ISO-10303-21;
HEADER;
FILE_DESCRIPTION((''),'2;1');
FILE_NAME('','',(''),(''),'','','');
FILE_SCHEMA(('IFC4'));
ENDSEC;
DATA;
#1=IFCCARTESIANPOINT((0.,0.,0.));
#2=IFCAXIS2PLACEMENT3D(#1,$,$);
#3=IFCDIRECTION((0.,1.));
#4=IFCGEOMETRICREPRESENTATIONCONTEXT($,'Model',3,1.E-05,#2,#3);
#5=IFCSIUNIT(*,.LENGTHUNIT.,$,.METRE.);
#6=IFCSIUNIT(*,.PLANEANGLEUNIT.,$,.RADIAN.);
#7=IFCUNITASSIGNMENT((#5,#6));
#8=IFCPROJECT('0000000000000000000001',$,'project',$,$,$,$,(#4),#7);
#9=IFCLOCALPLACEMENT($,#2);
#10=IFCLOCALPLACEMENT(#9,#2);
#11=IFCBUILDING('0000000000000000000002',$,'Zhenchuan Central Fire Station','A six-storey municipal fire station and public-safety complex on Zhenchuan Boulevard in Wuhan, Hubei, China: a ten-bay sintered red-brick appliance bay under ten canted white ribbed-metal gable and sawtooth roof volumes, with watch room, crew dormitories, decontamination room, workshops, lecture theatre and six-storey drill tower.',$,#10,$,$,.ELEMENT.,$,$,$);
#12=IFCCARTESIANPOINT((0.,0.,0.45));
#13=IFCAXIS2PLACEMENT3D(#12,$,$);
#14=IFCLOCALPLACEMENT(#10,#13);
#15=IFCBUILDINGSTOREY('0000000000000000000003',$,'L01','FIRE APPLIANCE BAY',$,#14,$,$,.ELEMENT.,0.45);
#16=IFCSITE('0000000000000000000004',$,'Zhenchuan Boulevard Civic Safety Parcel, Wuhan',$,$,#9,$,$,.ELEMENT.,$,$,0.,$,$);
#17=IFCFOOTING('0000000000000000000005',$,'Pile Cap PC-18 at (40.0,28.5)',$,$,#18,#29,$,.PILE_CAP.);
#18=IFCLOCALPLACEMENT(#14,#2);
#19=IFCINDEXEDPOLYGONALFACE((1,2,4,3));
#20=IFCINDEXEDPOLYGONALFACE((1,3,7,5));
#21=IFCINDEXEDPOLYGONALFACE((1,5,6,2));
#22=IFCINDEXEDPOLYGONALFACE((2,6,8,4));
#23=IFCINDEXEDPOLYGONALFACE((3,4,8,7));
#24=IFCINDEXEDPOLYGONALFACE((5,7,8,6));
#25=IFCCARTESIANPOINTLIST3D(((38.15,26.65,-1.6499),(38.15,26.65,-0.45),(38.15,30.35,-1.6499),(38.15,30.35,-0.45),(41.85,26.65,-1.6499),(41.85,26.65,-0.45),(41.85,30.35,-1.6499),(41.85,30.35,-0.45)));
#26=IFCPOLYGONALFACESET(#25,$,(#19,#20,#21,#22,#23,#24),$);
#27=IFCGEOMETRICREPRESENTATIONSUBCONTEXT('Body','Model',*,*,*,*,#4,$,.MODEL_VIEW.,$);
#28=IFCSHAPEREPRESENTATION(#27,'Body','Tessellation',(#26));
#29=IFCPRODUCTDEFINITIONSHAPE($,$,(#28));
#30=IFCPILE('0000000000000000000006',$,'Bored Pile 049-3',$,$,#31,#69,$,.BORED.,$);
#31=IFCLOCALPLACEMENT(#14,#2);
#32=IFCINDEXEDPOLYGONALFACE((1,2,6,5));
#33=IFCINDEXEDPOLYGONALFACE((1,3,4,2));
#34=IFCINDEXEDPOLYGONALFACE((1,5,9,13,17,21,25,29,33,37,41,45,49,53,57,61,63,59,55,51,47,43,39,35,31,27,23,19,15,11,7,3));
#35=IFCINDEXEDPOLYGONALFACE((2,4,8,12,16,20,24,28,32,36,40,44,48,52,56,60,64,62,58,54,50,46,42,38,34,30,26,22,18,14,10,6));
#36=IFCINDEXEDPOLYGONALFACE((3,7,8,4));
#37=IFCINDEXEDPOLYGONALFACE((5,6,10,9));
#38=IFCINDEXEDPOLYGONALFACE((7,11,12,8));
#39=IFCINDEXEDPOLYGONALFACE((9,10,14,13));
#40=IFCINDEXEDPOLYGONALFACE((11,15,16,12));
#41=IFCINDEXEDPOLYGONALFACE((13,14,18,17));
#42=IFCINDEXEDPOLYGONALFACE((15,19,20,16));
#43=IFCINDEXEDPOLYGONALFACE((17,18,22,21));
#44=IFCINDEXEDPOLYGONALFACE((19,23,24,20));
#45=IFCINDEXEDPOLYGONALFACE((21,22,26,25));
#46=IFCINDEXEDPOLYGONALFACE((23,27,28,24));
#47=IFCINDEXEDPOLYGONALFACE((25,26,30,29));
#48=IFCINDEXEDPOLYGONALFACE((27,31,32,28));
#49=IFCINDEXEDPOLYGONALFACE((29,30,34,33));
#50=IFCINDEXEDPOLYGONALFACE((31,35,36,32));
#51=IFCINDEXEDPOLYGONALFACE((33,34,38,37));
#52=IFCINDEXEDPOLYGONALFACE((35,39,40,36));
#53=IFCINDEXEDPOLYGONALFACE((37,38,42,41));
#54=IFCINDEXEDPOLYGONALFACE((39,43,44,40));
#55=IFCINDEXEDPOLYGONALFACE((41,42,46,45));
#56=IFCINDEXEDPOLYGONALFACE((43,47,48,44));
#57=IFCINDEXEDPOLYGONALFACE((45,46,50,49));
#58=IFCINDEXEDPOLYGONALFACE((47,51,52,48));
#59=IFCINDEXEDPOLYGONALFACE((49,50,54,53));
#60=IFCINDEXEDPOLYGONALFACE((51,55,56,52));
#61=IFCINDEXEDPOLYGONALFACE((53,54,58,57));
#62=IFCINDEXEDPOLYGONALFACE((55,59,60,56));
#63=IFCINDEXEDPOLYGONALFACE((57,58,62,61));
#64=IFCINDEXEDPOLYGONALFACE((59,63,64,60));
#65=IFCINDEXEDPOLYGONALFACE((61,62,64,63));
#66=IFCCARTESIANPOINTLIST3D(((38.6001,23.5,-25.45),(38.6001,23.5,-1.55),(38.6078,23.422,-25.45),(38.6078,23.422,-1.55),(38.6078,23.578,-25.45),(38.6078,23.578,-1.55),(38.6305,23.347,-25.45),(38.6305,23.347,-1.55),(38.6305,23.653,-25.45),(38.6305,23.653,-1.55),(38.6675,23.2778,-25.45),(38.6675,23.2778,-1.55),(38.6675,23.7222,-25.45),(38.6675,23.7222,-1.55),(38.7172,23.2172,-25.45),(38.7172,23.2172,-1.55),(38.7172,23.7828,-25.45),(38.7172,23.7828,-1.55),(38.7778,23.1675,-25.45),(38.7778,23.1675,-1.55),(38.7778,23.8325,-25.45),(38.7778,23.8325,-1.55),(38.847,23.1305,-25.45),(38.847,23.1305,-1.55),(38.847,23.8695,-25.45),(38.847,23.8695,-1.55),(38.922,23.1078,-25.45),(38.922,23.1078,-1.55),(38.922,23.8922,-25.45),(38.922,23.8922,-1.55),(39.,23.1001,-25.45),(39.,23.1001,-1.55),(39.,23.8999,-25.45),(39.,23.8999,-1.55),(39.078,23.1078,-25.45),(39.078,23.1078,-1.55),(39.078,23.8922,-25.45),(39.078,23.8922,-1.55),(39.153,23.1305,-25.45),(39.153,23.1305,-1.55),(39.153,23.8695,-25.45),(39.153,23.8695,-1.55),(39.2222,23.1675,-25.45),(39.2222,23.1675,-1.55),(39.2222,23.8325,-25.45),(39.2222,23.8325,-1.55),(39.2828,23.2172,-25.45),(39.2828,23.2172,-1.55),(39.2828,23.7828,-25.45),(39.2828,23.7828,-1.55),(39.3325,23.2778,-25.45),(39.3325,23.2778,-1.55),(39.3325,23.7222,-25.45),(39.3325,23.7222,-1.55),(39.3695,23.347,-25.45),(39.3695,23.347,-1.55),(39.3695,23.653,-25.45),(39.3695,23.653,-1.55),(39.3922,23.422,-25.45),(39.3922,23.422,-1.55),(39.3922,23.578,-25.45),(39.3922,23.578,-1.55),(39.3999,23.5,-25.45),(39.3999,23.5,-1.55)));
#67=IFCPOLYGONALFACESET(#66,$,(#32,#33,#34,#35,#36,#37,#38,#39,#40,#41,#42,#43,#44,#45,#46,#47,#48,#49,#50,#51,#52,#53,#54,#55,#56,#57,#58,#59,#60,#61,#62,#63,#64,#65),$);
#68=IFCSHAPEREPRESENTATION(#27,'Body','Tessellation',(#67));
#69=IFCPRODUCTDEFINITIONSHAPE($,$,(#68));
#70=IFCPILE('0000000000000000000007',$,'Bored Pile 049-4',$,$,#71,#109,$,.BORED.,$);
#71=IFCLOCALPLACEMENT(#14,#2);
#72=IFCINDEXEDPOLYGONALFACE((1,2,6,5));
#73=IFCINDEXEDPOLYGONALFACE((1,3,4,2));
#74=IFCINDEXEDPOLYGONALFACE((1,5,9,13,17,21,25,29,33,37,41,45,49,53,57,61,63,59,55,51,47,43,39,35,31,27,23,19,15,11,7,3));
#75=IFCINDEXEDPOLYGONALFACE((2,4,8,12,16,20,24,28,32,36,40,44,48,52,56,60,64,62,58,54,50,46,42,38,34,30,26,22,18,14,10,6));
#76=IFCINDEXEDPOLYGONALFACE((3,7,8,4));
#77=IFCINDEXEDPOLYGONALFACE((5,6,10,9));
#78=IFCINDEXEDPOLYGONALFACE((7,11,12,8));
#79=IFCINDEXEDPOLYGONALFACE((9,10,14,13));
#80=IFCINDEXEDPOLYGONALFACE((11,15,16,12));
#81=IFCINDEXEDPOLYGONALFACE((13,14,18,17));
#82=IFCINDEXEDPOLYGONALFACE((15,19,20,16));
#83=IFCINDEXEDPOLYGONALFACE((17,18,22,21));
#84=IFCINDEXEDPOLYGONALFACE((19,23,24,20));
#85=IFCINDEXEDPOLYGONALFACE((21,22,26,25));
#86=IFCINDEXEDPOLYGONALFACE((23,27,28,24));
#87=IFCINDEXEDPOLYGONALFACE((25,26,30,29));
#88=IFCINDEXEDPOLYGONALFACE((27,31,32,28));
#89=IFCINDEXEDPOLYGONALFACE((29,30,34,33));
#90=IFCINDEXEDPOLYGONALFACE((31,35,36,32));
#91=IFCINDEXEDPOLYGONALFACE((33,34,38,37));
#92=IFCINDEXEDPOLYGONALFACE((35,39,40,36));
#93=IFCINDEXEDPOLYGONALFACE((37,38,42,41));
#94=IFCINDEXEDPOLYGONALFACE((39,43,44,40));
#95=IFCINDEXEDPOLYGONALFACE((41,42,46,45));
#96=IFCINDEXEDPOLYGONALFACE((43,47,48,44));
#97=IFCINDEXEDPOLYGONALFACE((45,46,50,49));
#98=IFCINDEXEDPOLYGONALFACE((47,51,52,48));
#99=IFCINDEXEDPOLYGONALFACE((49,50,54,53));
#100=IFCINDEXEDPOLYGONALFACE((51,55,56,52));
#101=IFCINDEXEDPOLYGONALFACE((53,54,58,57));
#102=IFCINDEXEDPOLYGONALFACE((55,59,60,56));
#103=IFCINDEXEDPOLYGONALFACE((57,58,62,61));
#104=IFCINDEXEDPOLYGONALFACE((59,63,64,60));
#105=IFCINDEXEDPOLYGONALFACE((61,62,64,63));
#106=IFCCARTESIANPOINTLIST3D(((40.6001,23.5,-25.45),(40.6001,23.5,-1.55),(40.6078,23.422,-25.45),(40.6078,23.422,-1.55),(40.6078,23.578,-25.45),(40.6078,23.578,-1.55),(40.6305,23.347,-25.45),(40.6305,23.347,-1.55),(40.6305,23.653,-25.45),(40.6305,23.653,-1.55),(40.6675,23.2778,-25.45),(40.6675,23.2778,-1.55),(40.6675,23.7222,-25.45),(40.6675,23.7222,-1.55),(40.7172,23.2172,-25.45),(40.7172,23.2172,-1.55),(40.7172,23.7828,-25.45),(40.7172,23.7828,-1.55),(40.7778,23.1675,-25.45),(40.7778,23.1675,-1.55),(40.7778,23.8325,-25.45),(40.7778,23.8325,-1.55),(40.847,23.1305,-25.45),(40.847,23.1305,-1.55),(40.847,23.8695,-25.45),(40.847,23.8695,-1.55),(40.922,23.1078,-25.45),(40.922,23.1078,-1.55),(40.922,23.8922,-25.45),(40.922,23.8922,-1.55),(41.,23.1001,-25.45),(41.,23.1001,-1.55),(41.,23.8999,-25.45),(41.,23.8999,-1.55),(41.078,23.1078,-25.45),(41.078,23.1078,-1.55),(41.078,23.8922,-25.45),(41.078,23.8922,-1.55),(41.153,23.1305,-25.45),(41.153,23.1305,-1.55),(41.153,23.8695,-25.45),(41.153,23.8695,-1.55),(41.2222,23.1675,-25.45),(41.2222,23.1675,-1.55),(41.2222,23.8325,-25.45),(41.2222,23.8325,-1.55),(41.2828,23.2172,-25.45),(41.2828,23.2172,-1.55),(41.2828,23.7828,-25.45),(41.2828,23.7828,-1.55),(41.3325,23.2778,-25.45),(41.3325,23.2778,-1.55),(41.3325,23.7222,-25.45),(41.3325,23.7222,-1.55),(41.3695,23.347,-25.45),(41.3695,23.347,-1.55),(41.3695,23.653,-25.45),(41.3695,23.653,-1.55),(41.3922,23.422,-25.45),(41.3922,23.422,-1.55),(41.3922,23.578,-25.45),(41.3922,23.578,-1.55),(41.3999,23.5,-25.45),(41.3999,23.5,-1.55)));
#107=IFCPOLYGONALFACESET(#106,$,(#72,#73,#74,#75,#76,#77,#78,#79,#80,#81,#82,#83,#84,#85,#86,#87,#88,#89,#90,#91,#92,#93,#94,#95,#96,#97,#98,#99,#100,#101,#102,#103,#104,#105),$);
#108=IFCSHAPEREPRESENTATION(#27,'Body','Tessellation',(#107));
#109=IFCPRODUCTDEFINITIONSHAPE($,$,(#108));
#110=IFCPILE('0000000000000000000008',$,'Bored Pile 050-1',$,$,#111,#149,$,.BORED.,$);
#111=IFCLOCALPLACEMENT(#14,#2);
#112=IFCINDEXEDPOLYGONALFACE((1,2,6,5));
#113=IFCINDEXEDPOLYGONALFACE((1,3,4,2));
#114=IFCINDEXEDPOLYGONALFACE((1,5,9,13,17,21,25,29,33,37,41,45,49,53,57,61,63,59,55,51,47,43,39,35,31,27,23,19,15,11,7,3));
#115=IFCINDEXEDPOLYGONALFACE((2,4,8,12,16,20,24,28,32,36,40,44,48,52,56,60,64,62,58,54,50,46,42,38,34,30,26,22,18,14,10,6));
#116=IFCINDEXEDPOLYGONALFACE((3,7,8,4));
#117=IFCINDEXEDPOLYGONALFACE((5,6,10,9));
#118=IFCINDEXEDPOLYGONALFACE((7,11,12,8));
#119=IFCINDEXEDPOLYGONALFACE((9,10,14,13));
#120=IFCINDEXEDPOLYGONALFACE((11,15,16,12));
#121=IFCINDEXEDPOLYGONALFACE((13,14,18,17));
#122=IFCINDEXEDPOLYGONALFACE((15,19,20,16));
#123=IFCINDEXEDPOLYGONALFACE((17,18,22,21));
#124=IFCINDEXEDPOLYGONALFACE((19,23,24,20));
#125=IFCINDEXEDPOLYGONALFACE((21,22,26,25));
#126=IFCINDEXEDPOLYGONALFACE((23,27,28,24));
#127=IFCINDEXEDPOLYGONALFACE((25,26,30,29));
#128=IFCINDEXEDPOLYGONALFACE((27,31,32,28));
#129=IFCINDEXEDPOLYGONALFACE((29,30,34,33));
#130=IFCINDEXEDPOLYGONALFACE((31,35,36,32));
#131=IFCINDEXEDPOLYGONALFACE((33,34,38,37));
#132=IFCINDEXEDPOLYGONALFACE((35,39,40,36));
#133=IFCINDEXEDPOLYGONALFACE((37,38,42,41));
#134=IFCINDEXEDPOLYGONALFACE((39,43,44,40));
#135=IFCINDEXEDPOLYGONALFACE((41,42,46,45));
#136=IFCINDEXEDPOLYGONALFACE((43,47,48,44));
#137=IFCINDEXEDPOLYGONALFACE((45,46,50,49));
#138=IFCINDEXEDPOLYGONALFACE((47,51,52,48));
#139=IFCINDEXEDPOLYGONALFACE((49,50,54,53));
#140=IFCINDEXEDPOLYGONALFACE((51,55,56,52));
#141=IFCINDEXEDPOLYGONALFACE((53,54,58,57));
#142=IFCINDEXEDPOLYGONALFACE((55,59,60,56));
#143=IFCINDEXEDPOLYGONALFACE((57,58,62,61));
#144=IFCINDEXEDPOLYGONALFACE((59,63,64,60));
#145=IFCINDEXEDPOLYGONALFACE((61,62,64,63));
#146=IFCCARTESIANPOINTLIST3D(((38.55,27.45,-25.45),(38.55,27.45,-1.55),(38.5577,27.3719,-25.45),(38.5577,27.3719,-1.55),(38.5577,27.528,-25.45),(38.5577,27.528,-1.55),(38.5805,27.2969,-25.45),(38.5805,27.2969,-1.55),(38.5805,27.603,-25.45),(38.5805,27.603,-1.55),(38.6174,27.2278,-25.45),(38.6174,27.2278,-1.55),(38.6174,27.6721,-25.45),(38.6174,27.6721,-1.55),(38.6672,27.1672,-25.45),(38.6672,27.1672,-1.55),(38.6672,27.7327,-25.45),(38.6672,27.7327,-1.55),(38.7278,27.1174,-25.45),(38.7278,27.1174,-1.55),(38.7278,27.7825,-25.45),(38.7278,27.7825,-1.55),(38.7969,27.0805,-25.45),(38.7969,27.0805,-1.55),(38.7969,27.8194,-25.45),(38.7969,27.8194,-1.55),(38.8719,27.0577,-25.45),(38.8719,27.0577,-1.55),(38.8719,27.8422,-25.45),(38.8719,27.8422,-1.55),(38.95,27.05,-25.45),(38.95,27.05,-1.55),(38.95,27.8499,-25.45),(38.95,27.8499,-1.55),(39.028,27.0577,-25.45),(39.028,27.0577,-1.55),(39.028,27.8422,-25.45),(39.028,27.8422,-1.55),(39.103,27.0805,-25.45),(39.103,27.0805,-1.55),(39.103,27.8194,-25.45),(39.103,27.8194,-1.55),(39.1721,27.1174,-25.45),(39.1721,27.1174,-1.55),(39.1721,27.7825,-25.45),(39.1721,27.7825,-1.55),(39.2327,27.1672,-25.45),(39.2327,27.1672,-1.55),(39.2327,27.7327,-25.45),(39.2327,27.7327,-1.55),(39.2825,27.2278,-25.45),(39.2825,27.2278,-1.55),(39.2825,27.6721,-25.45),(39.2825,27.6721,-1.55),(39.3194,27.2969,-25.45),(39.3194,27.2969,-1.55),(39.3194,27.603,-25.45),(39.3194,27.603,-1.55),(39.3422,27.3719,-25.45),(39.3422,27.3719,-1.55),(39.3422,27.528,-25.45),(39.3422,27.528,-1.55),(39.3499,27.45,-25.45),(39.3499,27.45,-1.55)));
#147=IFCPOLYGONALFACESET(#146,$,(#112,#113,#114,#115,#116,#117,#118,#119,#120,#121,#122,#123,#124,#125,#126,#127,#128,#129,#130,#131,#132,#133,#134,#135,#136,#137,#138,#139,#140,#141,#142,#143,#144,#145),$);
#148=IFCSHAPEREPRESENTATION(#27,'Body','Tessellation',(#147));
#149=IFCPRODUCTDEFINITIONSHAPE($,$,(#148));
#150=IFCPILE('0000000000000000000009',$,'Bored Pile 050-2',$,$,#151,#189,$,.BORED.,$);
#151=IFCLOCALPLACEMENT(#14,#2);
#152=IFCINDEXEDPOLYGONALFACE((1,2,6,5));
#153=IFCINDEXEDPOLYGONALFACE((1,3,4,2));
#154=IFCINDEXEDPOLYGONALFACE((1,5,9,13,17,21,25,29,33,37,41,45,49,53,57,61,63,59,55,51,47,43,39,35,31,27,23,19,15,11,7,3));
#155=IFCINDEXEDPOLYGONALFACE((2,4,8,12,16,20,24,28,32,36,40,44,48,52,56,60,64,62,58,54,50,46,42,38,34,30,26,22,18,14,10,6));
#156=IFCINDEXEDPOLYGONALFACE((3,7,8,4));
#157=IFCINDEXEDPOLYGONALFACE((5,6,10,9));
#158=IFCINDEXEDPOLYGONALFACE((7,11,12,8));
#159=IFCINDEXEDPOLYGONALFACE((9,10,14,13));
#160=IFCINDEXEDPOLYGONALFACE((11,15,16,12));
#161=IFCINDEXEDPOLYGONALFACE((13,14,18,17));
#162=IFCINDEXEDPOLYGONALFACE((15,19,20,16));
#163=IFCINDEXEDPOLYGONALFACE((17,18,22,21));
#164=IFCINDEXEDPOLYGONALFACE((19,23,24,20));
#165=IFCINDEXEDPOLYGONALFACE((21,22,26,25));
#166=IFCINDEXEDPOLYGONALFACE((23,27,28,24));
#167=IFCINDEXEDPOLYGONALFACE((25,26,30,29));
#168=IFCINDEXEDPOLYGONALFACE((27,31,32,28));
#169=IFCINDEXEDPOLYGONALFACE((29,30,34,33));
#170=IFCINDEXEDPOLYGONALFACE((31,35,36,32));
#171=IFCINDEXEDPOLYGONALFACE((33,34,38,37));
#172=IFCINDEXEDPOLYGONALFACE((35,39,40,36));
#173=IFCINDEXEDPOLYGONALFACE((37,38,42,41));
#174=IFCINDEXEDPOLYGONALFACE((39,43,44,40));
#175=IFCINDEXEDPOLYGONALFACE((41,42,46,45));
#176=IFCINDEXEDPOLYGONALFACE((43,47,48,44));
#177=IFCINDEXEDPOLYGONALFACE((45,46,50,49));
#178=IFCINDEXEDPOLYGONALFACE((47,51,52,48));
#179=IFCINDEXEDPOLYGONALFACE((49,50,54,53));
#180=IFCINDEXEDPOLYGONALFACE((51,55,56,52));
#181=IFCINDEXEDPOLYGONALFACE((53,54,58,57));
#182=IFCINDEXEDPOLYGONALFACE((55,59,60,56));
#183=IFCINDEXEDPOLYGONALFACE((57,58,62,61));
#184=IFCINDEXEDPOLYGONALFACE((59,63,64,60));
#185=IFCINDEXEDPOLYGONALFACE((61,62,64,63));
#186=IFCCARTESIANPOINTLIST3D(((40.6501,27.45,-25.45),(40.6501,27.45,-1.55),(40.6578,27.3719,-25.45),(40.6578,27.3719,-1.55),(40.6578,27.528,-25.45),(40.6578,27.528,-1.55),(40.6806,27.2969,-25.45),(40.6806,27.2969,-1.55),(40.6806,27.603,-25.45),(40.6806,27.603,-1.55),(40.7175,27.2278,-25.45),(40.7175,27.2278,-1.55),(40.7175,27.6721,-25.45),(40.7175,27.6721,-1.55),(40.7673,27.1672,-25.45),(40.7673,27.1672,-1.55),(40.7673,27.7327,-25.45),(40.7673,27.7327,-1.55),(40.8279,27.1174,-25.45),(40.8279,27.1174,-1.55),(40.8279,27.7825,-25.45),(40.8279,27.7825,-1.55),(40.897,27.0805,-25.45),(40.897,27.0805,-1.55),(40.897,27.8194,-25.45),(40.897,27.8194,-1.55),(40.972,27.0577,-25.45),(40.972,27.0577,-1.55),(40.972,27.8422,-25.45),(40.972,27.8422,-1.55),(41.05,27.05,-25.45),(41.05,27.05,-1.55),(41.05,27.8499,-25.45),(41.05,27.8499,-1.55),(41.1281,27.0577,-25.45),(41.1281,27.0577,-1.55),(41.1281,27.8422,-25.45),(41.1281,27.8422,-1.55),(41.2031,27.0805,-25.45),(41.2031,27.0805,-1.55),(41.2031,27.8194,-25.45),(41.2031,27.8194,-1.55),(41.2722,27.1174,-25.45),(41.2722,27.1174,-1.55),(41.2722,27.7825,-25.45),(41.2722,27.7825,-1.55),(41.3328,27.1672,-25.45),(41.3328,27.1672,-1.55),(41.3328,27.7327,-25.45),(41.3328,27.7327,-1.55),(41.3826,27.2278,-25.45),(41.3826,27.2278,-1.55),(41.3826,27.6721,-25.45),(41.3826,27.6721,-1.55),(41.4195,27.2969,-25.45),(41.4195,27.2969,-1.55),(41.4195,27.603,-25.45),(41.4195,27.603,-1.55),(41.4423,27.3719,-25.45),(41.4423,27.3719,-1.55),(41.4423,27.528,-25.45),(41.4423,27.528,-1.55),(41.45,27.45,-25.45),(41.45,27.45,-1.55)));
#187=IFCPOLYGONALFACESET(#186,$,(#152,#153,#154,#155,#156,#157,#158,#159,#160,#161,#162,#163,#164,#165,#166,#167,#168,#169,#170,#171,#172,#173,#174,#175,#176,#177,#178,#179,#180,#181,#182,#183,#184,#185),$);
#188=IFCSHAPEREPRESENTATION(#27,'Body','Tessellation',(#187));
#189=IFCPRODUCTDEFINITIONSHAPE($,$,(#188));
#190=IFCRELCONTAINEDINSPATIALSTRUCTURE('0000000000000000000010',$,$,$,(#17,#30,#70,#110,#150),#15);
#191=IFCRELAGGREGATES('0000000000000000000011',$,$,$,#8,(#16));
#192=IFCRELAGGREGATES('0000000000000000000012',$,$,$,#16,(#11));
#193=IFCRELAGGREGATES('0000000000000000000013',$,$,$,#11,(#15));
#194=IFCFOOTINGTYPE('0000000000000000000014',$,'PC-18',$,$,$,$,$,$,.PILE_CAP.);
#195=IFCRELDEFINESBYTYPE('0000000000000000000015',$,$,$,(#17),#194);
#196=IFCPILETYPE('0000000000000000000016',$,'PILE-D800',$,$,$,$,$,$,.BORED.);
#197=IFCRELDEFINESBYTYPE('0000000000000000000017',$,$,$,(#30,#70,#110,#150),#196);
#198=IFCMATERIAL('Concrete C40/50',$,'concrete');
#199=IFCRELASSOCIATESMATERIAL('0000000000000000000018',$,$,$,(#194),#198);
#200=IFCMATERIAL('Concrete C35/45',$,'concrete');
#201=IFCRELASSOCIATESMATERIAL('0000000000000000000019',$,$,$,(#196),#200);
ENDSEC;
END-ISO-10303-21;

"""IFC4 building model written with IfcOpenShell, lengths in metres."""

from ifc_helpers import new_model, si_unit, direction, frame, origin, origin_2d, place, context, subcontext, project, spatial, rectangle, circle, extrude, material, material_profile, profile_set, type_object, element, save


model = new_model("IFC4")

# Units and contexts
model_context = context("Model", 3, precision=1e-05, world=origin(), true_north=direction((0.0, 1.0)))
body_context = subcontext(model_context, "Body", "Model", "MODEL_VIEW")
ifc_project = project(units=[si_unit("LENGTHUNIT", "METRE"), si_unit("PLANEANGLEUNIT", "RADIAN")], contexts=[model_context])

# Site, building, storey
site_placement = place(None, origin())
site = spatial("IfcSite", under=ifc_project, at=site_placement, Name="Zhenchuan Boulevard Civic Safety Parcel, Wuhan", CompositionType="ELEMENT", RefElevation=0.0)
building_placement = place(site_placement, origin())
building = spatial("IfcBuilding", under=site, at=building_placement, Name="Zhenchuan Central Fire Station", Description="A six-storey municipal fire station and public-safety complex on Zhenchuan Boulevard in Wuhan, Hubei, China: a ten-bay sintered red-brick appliance bay under ten canted white ribbed-metal gable and sawtooth roof volumes, with watch room, crew dormitories, decontamination room, workshops, lecture theatre and six-storey drill tower.", CompositionType="ELEMENT")
storey_placement = place(building_placement, frame((0.0, 0.0, 0.45)))
storey = spatial("IfcBuildingStorey", under=building, at=storey_placement, Name="L01", Description="FIRE APPLIANCE BAY", CompositionType="ELEMENT", Elevation=0.45)

# Footing
ifc_material_1 = material(Name="Concrete C40/50", Category="concrete")
footing_type = type_object("IfcFootingType", Name="PC-18", PredefinedType="PILE_CAP", material=ifc_material_1)
footing_placement = place(storey_placement, frame((40.0, 28.5, -1.6499), z_axis=(0.0, 0.0, 1.0), x_axis=(1.0, 0.0, 0.0)))
element("IfcFooting", 1, at=footing_placement, inside=storey, type_object=footing_type, Name="Pile Cap PC-18 at (40.0,28.5)", PredefinedType="PILE_CAP", context=body_context, shape_type="SweptSolid", body=[
    extrude(rectangle(XDim=3.7, YDim=3.7, at=origin_2d()), origin(), (0.0, 0.0, 1.0), 1.2),
])

# Piles
ifc_material_2 = material(Name="Concrete C35/45", Category="concrete")
ifc_material_profile_1 = material_profile(ifc_material_2, circle(Radius=0.3999, at=origin_2d()), Name="PILE D800")
ifc_profile_set_1 = profile_set([ifc_material_profile_1], Name="Concrete C35/45")
pile_type = type_object("IfcPileType", Name="PILE-D800", PredefinedType="BORED", material=ifc_profile_set_1)
for number, where, z_axis, x_axis, name in (
    (2, (39.0, 23.5, -1.55), (0.0, 0.0, -1.0), (1.0, 0.0, 0.0), "Bored Pile 049-3"),
    (3, (41.0, 23.5, -1.55), (0.0, 0.0, -1.0), (1.0, 0.0, 0.0), "Bored Pile 049-4"),
    (4, (38.95, 27.45, -1.55), (0.0, 0.0, -1.0), (1.0, 0.0, 0.0), "Bored Pile 050-1"),
    (5, (41.05, 27.45, -1.55), (0.0, 0.0, -1.0), (1.0, 0.0, 0.0), "Bored Pile 050-2"),
):
    element("IfcPile", number, at=place(storey_placement, frame(where, z_axis=z_axis, x_axis=x_axis)), inside=storey, type_object=pile_type, Name=name, PredefinedType="BORED", context=body_context, shape_type="SweptSolid", body=[
        extrude(circle(Radius=0.3999, at=origin_2d()), origin(), (0.0, 0.0, 1.0), 23.8999),
    ])

save(model, "model.ifc")
